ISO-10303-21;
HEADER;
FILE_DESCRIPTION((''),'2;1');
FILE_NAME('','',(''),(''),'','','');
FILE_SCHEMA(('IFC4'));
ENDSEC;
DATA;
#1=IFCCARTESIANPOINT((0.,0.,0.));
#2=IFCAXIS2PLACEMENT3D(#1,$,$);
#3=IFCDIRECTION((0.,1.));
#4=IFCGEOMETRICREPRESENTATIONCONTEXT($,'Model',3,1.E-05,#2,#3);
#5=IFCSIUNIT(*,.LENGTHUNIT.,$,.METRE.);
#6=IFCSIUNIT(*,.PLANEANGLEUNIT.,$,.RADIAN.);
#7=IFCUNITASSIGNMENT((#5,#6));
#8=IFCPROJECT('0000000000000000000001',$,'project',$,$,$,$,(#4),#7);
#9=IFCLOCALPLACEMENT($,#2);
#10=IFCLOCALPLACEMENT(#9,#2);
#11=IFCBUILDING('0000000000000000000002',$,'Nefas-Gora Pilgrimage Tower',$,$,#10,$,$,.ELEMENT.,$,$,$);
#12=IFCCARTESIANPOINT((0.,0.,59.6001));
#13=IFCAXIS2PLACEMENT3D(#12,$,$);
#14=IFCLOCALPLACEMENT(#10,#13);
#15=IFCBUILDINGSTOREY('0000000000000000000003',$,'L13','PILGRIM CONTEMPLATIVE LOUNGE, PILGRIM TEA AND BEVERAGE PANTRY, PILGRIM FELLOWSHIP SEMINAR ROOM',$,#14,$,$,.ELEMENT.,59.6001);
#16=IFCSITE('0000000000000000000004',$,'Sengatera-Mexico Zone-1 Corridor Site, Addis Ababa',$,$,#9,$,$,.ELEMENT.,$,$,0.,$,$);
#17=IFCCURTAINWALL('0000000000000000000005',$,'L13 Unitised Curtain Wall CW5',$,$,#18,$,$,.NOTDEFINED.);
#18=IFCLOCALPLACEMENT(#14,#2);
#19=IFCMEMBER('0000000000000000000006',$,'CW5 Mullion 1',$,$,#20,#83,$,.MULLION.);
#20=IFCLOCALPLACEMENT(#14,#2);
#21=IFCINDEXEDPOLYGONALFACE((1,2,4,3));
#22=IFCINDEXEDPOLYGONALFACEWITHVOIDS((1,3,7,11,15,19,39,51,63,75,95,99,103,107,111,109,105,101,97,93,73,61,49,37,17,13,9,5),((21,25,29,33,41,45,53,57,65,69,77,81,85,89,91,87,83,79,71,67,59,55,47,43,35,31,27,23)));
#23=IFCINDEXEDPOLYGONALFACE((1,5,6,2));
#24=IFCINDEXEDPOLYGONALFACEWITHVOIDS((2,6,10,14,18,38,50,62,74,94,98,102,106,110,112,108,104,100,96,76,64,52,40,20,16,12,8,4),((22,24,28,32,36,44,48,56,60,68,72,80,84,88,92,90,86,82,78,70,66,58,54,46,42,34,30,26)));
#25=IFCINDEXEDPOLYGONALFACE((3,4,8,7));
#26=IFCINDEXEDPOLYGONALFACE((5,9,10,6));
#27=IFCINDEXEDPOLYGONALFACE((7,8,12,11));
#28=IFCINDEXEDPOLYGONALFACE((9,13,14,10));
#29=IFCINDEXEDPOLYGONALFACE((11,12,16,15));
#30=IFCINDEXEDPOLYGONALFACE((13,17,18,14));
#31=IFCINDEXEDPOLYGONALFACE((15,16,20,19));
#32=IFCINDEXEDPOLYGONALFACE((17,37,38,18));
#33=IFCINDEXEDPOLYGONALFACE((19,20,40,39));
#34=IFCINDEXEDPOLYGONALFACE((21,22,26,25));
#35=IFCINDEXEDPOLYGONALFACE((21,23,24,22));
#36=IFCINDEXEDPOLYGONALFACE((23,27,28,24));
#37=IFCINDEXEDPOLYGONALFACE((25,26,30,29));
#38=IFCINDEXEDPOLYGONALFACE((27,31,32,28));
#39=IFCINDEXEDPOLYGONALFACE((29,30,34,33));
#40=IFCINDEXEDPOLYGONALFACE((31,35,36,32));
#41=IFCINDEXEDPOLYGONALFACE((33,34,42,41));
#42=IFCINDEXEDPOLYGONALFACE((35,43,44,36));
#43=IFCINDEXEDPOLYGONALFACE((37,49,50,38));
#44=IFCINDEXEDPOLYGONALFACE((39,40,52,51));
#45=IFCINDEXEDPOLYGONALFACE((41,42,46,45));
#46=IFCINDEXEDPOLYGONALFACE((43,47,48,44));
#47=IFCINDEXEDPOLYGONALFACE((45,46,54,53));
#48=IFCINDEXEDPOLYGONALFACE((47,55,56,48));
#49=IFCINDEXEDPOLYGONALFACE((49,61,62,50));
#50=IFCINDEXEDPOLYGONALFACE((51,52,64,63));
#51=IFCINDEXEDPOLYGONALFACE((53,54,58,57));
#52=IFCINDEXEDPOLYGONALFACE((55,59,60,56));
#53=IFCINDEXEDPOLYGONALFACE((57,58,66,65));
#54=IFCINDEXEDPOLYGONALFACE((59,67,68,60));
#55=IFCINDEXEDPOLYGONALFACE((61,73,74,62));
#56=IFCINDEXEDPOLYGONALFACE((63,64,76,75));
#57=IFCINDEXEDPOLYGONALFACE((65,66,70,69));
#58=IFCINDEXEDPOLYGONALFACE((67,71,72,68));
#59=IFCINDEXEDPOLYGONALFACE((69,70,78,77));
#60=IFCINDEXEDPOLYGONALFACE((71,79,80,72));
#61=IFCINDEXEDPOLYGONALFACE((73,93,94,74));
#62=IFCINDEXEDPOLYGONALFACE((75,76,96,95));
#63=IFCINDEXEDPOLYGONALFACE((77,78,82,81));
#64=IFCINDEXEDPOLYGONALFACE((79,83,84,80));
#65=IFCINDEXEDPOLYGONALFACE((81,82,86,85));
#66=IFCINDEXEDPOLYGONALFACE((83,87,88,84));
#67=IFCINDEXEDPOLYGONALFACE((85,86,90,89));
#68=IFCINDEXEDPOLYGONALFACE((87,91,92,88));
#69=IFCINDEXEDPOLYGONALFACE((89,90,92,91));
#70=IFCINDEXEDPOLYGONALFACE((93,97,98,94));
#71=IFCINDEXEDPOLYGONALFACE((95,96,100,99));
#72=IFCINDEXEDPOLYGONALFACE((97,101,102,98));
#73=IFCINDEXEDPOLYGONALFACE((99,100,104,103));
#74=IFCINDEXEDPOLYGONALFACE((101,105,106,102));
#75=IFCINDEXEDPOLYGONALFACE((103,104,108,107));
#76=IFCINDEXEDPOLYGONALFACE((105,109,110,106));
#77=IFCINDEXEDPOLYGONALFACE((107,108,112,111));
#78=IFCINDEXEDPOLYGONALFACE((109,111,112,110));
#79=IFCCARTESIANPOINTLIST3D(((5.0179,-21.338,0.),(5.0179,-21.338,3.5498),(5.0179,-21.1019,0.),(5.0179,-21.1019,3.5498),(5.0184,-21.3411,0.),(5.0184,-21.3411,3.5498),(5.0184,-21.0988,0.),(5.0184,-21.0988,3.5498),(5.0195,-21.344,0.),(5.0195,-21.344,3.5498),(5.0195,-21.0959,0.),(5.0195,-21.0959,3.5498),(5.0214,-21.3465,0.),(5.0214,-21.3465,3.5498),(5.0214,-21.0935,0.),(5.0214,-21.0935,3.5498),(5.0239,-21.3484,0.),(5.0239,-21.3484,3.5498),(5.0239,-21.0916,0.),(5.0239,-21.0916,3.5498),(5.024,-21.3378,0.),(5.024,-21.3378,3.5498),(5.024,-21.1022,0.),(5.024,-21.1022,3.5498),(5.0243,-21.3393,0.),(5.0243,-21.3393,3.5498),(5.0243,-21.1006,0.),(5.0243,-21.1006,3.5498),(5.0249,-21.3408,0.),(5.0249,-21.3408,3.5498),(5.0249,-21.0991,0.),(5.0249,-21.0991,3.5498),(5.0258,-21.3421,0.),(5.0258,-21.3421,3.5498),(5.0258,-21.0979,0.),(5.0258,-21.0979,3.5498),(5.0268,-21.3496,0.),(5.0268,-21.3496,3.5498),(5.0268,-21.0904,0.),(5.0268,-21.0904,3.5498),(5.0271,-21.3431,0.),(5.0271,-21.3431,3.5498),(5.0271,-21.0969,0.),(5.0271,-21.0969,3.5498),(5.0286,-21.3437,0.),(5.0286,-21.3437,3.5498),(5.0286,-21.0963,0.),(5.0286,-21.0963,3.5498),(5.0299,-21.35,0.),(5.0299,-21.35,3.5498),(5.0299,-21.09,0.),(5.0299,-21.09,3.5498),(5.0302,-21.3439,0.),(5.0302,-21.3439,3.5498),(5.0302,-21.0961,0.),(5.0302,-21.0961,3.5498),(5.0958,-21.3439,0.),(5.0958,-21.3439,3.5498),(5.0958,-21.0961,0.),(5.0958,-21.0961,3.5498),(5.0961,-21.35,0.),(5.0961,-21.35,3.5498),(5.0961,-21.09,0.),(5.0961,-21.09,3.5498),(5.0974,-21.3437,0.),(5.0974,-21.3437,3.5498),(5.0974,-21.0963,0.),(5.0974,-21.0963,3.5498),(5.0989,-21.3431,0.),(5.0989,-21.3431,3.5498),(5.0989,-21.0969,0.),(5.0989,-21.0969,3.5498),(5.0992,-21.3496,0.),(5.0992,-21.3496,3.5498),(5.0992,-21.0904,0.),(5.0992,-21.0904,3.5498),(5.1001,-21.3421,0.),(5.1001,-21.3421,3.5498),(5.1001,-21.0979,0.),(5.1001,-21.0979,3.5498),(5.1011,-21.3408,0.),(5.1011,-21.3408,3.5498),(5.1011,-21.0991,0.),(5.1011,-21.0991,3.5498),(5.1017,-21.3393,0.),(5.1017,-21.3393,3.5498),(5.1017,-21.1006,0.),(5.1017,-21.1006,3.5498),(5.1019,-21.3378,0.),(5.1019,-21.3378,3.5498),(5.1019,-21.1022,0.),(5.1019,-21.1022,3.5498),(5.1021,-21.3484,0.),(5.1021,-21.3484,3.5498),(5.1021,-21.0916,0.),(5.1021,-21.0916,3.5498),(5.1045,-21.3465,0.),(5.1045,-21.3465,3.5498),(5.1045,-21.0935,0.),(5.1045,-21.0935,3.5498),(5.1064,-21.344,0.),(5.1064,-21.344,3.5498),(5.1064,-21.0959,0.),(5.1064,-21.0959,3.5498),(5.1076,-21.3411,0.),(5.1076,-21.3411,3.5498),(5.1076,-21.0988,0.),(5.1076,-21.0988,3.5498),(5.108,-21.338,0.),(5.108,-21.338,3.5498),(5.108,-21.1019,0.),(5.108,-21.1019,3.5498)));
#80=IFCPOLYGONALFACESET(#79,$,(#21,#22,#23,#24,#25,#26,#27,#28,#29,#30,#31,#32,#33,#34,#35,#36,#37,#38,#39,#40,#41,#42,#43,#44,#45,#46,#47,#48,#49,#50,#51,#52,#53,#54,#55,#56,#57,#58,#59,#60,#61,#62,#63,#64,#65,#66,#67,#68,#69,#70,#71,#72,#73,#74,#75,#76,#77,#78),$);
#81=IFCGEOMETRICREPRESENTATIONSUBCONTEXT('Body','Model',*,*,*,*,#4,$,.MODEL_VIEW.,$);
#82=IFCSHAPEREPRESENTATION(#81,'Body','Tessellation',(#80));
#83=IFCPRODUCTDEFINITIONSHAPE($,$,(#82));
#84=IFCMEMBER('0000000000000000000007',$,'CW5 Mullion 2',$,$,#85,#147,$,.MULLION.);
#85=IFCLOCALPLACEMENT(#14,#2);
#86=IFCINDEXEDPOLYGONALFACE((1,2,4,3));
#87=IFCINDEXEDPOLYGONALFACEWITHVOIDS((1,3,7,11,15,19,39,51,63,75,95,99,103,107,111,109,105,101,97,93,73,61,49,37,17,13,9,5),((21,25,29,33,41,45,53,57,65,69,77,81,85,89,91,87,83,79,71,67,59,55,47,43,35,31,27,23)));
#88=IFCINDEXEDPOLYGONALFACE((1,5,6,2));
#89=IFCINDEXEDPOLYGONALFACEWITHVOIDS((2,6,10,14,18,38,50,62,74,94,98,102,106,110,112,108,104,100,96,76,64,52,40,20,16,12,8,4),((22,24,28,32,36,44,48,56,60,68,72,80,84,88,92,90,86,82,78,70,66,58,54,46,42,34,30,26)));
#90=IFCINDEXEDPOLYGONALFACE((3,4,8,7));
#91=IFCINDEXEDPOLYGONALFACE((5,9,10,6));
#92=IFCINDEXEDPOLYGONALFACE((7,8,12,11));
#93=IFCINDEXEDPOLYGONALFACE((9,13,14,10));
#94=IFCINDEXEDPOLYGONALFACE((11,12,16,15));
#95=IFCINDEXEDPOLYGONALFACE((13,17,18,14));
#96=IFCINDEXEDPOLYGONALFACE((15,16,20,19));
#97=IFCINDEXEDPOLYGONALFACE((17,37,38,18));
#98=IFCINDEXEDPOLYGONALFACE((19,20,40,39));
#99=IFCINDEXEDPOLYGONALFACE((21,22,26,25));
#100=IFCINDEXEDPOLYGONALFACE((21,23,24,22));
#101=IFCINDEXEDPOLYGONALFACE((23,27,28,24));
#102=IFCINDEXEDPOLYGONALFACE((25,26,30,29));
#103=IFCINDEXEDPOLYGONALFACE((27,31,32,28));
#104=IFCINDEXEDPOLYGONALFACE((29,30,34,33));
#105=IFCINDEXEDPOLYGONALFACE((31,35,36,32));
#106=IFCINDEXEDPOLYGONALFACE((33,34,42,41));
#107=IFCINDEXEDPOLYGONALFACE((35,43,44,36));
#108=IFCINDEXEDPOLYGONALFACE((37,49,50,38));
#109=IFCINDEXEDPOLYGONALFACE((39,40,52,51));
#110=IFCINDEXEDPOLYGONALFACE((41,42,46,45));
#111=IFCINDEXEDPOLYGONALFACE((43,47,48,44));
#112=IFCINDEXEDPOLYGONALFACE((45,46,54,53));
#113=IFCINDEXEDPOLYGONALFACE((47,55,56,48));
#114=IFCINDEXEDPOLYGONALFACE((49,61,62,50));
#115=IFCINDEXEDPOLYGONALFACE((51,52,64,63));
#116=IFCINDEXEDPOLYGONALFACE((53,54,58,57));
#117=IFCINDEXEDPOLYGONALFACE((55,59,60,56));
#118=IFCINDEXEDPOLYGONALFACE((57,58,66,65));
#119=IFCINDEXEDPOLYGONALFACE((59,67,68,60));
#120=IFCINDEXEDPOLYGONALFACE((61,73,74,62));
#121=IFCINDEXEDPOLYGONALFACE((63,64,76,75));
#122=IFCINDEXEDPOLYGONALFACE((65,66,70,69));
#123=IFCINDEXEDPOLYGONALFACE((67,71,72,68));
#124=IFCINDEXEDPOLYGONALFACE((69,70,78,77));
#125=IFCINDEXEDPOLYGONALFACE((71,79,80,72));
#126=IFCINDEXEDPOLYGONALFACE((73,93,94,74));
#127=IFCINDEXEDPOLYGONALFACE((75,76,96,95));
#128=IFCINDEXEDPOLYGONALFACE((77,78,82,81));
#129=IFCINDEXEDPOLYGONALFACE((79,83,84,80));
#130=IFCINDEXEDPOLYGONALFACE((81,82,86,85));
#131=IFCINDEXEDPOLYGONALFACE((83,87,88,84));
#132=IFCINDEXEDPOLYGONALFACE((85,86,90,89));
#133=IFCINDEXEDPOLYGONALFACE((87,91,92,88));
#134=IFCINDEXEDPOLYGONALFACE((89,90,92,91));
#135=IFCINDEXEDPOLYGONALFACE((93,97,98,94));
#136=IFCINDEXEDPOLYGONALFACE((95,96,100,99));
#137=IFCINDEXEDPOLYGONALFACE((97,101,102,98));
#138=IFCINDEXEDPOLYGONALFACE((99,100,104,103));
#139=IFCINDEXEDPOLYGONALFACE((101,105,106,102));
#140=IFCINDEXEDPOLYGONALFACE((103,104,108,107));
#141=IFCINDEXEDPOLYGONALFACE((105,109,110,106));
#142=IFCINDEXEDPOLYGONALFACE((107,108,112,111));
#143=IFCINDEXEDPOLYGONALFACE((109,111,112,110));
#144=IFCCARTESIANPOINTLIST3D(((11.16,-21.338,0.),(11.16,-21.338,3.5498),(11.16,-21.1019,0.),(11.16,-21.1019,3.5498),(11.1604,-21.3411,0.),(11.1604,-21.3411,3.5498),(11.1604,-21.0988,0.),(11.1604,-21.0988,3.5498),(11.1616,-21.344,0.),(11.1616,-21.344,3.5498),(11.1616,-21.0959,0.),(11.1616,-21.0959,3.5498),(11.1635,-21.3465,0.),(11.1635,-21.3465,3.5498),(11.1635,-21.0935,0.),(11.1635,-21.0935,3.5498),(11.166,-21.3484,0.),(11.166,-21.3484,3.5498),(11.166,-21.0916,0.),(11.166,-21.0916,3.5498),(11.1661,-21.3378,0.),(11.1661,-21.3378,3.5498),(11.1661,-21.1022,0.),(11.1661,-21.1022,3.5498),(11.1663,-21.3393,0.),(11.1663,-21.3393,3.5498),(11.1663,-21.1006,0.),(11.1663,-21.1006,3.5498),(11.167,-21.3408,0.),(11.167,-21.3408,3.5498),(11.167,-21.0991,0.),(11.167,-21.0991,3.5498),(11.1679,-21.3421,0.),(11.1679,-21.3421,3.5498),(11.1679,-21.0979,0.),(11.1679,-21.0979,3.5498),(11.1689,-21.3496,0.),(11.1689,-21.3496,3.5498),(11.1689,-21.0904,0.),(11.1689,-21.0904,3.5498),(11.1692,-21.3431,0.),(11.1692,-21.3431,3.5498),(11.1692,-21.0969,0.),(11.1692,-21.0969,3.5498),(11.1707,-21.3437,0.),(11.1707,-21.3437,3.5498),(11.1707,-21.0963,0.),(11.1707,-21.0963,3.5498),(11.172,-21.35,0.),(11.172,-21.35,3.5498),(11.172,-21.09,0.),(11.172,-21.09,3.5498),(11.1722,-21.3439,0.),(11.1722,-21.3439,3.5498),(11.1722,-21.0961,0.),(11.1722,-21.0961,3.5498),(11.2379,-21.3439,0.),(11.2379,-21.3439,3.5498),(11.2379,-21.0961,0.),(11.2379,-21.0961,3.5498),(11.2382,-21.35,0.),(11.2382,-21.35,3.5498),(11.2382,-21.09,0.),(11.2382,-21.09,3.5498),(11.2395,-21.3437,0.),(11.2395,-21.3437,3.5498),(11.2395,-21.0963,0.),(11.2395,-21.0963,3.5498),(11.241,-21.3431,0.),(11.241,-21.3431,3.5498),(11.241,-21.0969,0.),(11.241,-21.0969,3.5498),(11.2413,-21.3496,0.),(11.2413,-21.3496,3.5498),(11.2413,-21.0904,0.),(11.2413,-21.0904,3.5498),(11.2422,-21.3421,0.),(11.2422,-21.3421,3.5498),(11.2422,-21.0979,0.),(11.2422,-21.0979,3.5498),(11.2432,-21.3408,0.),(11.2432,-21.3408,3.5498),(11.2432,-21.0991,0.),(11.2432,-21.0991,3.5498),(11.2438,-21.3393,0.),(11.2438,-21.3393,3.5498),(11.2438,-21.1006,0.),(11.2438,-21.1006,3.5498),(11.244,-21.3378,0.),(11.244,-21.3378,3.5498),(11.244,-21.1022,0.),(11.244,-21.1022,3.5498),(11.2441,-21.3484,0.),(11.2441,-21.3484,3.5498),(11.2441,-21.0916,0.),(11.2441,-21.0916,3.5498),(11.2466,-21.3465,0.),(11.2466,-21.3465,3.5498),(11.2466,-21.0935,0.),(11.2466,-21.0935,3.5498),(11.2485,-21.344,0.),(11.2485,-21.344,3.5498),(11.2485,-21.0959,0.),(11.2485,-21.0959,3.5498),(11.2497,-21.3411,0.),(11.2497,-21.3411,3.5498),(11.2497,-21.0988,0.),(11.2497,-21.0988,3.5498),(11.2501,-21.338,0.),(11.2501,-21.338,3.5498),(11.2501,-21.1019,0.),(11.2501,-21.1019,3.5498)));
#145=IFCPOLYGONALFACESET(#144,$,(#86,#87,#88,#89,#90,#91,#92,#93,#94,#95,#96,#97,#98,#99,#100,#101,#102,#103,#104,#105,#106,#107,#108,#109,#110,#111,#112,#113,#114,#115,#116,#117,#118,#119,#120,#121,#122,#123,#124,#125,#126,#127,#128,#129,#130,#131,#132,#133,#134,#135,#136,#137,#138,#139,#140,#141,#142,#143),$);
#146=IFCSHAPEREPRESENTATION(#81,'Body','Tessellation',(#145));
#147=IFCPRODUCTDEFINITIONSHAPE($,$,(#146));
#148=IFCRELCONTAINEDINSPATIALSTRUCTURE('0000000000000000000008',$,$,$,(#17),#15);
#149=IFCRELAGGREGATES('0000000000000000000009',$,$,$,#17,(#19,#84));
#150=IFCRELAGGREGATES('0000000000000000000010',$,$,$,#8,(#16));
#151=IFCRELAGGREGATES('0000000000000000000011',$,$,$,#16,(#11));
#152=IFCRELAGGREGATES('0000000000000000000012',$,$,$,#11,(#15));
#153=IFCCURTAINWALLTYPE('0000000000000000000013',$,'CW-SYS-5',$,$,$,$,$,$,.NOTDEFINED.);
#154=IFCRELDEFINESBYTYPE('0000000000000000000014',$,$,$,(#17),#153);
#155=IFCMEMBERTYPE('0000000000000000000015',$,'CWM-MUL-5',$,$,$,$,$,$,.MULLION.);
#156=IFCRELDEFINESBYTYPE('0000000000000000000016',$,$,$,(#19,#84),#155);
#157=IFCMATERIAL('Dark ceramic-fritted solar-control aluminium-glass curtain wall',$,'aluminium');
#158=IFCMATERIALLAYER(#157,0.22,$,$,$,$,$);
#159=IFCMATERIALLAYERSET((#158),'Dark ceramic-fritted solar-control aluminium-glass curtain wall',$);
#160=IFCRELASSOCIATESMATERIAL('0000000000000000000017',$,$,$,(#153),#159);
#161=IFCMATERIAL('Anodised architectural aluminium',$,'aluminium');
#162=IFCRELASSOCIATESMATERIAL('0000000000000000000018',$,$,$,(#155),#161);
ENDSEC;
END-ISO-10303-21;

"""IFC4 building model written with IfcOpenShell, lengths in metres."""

from ifc_helpers import new_model, si_unit, direction, frame, origin, origin_2d, place, context, subcontext, project, spatial, hollow_rectangle, extrude, source, transform, mapped, material, layer, layer_set, material_profile, profile_set, type_object, element, aggregate, save


model = new_model("IFC4")

# Units and contexts
model_context = context("Model", 3, precision=1e-05, world=origin(), true_north=direction((0.0, 1.0)))
body_context = subcontext(model_context, "Body", "Model", "MODEL_VIEW")
ifc_project = project(units=[si_unit("LENGTHUNIT", "METRE"), si_unit("PLANEANGLEUNIT", "RADIAN")], contexts=[model_context])

# Site, building, storey
site_placement = place(None, origin())
site = spatial("IfcSite", under=ifc_project, at=site_placement, Name="Sengatera-Mexico Zone-1 Corridor Site, Addis Ababa", CompositionType="ELEMENT", RefElevation=0.0)
building_placement = place(site_placement, origin())
building = spatial("IfcBuilding", under=site, at=building_placement, Name="Nefas-Gora Pilgrimage Tower", CompositionType="ELEMENT")
storey_placement = place(building_placement, frame((0.0, 0.0, 59.6001)))
storey = spatial("IfcBuildingStorey", under=building, at=storey_placement, Name="L13", Description="PILGRIM CONTEMPLATIVE LOUNGE, PILGRIM TEA AND BEVERAGE PANTRY, PILGRIM FELLOWSHIP SEMINAR ROOM", CompositionType="ELEMENT", Elevation=59.6001)

# Curtain wall
ifc_material_1 = material(Name="Dark ceramic-fritted solar-control aluminium-glass curtain wall", Category="aluminium")
ifc_layer_1 = layer(ifc_material_1, 0.22)
ifc_layer_set_1 = layer_set([ifc_layer_1], Name="Dark ceramic-fritted solar-control aluminium-glass curtain wall")
curtain_wall_type_1 = type_object("IfcCurtainWallType", Name="CW-SYS-5", PredefinedType="NOTDEFINED", material=ifc_layer_set_1)
curtain_wall_1_placement = place(storey_placement, origin())
curtain_wall_1 = element("IfcCurtainWall", 1, at=curtain_wall_1_placement, inside=storey, type_object=curtain_wall_type_1, Name="L13 Unitised Curtain Wall CW5", PredefinedType="NOTDEFINED")
ifc_material_2 = material(Name="Anodised architectural aluminium", Category="aluminium")

# Members
ifc_material_profile_1 = material_profile(ifc_material_2, hollow_rectangle(XDim=0.0901, YDim=0.26, WallThickness=0.0061, InnerFilletRadius=0.0061, OuterFilletRadius=0.012, at=origin_2d()), Name="ALU MULLION 90x260")
ifc_profile_set_1 = profile_set([ifc_material_profile_1], Name="Anodised architectural aluminium")
member_type_1 = type_object("IfcMemberType", Name="CWM-MUL-5", PredefinedType="MULLION", material=ifc_profile_set_1)
shared_shape_1 = source(origin(), body_context, "Body", "SweptSolid", [
    extrude(hollow_rectangle(XDim=0.0901, YDim=0.26, WallThickness=0.0061, InnerFilletRadius=0.0061, OuterFilletRadius=0.012, at=origin_2d()), origin(), (0.0, 0.0, 1.0), 3.5498),
])
member_1_placement = place(storey_placement, frame((5.063, -21.22, 0.0), z_axis=(0.0, 0.0, 1.0), x_axis=(1.0, 0.0, 0.0)))
member_1 = element("IfcMember", 2, at=member_1_placement, type_object=member_type_1, Name="CW5 Mullion 1", PredefinedType="MULLION", context=body_context, shape_type="MappedRepresentation", body=[
    mapped(shared_shape_1, transform((0.0, 0.0, 0.0), x_axis=(1.0, 0.0, 0.0), y_axis=(0.0, 1.0, 0.0), z_axis=(0.0, 0.0, 1.0), scale=1.0)),
])
member_2_placement = place(storey_placement, frame((11.2051, -21.22, 0.0), z_axis=(0.0, 0.0, 1.0), x_axis=(1.0, 0.0, 0.0)))
member_2 = element("IfcMember", 3, at=member_2_placement, type_object=member_type_1, Name="CW5 Mullion 2", PredefinedType="MULLION", context=body_context, shape_type="MappedRepresentation", body=[
    mapped(shared_shape_1, transform((0.0, 0.0, 0.0), x_axis=(1.0, 0.0, 0.0), y_axis=(0.0, 1.0, 0.0), z_axis=(0.0, 0.0, 1.0), scale=1.0)),
])

aggregate(curtain_wall_1, [member_1, member_2])

save(model, "model.ifc")
